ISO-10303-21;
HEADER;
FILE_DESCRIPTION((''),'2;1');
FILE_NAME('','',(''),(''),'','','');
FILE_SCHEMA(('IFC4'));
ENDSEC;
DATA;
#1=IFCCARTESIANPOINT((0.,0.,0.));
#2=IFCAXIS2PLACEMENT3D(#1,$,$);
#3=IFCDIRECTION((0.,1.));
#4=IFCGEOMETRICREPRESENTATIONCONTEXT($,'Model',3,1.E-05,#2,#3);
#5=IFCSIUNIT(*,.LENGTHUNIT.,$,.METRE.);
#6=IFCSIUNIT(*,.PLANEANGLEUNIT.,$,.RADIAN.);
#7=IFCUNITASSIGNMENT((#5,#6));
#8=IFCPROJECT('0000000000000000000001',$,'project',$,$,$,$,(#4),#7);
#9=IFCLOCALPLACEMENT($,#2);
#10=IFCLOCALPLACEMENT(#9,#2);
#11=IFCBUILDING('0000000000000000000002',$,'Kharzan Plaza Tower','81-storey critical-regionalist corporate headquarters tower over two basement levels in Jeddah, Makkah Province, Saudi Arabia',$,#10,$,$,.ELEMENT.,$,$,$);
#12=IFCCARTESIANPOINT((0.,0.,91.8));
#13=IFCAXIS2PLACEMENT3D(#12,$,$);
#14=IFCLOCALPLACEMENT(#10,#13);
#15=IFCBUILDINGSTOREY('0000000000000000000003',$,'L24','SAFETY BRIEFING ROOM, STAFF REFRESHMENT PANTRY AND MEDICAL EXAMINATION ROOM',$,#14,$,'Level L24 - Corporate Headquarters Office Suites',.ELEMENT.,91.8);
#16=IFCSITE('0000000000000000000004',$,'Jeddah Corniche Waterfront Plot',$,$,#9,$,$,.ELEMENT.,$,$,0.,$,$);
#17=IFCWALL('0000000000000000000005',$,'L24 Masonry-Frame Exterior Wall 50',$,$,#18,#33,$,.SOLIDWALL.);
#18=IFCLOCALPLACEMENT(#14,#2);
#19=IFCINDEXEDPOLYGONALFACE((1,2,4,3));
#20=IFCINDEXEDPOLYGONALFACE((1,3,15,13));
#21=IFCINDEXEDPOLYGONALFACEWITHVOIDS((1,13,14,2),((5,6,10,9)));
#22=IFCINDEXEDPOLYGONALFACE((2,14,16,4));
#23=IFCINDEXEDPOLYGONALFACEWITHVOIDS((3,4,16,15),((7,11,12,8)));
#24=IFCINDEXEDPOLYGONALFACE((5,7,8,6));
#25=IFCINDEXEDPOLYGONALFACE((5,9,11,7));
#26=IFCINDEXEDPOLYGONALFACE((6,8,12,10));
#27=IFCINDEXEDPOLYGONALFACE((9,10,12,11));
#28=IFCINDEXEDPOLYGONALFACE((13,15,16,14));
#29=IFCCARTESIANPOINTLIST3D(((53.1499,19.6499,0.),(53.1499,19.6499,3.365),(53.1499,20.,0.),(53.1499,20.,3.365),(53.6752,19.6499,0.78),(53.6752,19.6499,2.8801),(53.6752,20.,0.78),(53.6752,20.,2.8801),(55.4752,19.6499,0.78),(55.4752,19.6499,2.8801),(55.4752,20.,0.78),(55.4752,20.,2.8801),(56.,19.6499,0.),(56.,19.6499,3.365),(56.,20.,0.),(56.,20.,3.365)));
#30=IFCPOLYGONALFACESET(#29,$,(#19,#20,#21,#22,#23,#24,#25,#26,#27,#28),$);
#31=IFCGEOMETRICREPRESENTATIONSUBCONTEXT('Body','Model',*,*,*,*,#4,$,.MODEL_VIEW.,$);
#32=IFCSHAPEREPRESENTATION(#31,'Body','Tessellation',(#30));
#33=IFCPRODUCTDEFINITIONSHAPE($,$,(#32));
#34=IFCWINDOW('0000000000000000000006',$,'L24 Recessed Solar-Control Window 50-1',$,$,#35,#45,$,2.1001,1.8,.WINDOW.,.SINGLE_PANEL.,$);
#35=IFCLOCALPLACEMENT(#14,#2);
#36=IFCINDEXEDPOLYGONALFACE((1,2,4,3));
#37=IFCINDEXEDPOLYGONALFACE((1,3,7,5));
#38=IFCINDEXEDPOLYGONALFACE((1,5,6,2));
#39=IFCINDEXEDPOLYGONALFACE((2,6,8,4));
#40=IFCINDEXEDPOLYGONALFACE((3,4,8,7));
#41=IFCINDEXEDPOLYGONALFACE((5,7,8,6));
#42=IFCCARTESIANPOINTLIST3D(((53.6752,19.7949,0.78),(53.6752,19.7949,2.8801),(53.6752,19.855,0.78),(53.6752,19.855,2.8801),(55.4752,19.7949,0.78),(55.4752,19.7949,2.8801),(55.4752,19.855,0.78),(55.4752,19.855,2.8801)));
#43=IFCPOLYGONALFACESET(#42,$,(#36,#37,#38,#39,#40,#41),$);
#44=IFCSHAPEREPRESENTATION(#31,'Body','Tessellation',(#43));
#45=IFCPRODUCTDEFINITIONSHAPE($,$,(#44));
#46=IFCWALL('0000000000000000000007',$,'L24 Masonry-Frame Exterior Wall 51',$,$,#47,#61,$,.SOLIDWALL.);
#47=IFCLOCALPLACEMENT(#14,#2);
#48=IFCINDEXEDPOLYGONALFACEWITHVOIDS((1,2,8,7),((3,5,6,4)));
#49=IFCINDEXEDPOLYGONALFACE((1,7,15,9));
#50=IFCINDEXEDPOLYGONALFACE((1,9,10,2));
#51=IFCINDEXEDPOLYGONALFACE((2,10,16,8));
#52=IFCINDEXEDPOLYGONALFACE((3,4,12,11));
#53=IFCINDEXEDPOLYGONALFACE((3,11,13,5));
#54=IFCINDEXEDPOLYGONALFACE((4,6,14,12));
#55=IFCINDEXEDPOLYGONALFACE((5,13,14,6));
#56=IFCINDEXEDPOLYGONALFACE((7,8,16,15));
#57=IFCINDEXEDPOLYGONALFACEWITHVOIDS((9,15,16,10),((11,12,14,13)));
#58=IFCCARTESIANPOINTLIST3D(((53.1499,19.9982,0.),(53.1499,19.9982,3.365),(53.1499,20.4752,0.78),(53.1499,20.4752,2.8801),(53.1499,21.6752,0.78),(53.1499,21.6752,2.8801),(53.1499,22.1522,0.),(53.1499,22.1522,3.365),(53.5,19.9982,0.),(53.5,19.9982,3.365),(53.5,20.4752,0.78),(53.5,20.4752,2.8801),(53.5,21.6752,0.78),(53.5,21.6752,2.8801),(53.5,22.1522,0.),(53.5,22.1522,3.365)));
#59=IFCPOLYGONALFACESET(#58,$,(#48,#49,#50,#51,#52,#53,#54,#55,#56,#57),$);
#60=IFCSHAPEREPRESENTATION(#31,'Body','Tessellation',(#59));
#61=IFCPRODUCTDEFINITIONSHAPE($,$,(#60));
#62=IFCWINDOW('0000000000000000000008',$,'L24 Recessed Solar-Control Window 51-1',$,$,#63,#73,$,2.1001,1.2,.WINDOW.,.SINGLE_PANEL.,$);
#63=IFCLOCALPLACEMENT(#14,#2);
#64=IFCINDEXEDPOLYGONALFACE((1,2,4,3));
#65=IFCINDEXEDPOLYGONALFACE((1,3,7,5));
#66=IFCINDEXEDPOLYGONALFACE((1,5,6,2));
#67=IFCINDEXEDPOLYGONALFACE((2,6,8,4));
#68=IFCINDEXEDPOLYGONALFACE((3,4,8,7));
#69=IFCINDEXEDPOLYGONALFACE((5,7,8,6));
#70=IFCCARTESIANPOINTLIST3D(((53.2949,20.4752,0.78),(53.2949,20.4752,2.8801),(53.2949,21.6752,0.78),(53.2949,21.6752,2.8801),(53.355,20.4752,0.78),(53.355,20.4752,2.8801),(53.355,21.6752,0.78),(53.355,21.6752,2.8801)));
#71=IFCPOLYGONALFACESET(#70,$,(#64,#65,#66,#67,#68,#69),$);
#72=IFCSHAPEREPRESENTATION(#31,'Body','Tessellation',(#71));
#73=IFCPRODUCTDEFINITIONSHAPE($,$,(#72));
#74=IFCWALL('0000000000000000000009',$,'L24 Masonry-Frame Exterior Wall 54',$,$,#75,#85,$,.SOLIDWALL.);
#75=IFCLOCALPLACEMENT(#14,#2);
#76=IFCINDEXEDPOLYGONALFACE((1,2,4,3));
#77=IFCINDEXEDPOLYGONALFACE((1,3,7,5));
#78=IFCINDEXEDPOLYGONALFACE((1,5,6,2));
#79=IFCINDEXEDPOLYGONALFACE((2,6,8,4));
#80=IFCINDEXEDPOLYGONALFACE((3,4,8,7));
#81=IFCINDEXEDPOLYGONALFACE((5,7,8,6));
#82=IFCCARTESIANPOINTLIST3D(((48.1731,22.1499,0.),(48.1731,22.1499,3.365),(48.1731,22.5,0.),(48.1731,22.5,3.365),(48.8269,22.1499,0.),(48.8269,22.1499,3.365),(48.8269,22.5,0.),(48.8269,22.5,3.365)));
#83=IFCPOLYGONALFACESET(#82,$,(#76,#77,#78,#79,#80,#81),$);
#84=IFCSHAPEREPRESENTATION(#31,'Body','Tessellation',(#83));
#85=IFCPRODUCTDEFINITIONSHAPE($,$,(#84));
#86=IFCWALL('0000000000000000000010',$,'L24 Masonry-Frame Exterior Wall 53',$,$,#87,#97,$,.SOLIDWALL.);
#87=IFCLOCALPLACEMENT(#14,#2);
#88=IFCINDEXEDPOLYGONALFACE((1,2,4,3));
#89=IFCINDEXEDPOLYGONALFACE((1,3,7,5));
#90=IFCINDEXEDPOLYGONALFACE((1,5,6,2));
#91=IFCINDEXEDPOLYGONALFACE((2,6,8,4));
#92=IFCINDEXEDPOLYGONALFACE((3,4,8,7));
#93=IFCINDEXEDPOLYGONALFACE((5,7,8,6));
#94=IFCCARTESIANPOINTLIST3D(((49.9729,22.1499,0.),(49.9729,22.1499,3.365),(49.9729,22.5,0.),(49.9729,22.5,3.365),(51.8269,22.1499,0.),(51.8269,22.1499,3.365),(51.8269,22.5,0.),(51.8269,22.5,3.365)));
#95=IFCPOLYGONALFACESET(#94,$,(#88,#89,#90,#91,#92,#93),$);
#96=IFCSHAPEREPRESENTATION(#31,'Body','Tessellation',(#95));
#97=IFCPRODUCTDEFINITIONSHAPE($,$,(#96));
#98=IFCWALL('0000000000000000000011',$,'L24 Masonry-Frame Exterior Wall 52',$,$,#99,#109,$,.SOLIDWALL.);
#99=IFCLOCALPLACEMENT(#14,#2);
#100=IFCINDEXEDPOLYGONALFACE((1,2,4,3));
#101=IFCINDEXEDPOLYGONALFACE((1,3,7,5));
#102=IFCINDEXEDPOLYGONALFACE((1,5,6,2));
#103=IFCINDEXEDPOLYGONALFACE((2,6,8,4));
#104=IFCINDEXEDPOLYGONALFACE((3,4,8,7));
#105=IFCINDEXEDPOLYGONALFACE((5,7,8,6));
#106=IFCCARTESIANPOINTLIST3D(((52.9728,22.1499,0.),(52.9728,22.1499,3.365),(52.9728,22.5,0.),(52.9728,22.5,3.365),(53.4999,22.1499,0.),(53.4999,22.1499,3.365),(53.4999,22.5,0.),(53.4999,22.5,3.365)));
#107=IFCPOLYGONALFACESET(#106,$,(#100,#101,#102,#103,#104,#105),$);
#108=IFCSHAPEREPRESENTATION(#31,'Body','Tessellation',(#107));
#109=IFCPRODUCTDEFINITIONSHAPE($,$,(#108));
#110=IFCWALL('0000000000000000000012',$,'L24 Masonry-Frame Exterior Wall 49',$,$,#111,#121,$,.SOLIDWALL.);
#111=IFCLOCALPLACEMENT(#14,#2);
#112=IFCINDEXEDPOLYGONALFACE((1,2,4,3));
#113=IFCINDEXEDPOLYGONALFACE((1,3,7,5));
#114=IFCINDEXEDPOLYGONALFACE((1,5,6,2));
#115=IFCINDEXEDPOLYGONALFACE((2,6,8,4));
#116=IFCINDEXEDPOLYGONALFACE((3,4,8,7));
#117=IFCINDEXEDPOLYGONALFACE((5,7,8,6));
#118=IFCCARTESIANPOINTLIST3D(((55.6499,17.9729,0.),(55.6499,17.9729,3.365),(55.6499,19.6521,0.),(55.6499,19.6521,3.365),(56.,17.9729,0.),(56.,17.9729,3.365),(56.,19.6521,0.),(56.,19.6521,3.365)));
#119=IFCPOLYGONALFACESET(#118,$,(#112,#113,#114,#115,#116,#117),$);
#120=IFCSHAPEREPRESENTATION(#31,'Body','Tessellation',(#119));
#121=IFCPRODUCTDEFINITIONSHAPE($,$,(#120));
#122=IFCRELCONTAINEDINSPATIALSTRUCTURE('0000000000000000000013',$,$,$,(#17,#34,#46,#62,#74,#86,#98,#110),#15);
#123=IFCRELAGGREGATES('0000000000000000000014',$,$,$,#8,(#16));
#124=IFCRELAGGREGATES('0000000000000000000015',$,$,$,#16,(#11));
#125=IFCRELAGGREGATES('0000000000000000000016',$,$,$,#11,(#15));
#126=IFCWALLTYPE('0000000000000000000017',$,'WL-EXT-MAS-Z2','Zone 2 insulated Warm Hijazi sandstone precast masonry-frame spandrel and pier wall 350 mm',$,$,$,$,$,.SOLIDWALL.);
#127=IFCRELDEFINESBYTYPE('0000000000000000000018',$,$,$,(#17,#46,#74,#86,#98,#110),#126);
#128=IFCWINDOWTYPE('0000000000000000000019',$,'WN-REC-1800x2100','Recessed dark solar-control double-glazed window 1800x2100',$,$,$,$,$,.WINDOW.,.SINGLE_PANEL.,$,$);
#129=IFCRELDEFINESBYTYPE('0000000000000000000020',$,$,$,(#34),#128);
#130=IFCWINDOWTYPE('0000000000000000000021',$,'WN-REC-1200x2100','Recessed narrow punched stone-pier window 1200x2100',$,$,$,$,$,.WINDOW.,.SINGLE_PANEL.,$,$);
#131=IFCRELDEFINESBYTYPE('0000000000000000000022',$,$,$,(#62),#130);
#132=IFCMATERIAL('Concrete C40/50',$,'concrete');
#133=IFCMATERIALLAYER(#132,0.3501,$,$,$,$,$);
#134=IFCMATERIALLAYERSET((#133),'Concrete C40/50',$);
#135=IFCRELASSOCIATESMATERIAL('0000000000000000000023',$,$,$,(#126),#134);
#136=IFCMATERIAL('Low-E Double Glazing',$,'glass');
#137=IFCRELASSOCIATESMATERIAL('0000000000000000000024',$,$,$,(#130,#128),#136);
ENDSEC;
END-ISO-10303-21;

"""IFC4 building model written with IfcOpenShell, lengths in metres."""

from ifc_helpers import new_model, si_unit, direction, frame, frame_2d, origin, place, context, subcontext, project, spatial, rectangle, extrude, source, transform, mapped, material, layer, layer_set, type_object, element, fill, save


model = new_model("IFC4")

# Units and contexts
model_context = context("Model", 3, precision=1e-05, world=origin(), true_north=direction((0.0, 1.0)))
body_context = subcontext(model_context, "Body", "Model", "MODEL_VIEW")
ifc_project = project(units=[si_unit("LENGTHUNIT", "METRE"), si_unit("PLANEANGLEUNIT", "RADIAN")], contexts=[model_context])

# Site, building, storey
site_placement = place(None, origin())
site = spatial("IfcSite", under=ifc_project, at=site_placement, Name="Jeddah Corniche Waterfront Plot", CompositionType="ELEMENT", RefElevation=0.0)
building_placement = place(site_placement, origin())
building = spatial("IfcBuilding", under=site, at=building_placement, Name="Kharzan Plaza Tower", Description="81-storey critical-regionalist corporate headquarters tower over two basement levels in Jeddah, Makkah Province, Saudi Arabia", CompositionType="ELEMENT")
storey_placement = place(building_placement, frame((0.0, 0.0, 91.8)))
storey = spatial("IfcBuildingStorey", under=building, at=storey_placement, Name="L24", Description="SAFETY BRIEFING ROOM, STAFF REFRESHMENT PANTRY AND MEDICAL EXAMINATION ROOM", LongName="Level L24 - Corporate Headquarters Office Suites", CompositionType="ELEMENT", Elevation=91.8)

# Walls, openings, windows
ifc_material_1 = material(Name="Concrete C40/50", Category="concrete")
ifc_layer = layer(ifc_material_1, 0.3501)
ifc_layer_set = layer_set([ifc_layer], Name="Concrete C40/50")
wall_type = type_object("IfcWallType", Name="WL-EXT-MAS-Z2", Description="Zone 2 insulated Warm Hijazi sandstone precast masonry-frame spandrel and pier wall 350 mm", PredefinedType="SOLIDWALL", material=ifc_layer_set)
ifc_material_2 = material(Name="Low-E Double Glazing", Category="glass")
window_type_1 = type_object("IfcWindowType", Name="WN-REC-1200x2100", Description="Recessed narrow punched stone-pier window 1200x2100", PartitioningType="SINGLE_PANEL", PredefinedType="WINDOW", material=ifc_material_2)
shared_shape_1 = source(origin(), body_context, "Body", "SweptSolid", [
    extrude(rectangle(XDim=1.2, YDim=2.1001, at=frame_2d((0.6001, 1.05))), frame((0.0, 0.03, 0.0), z_axis=(0.0, -1.0, 0.0), x_axis=(1.0, 0.0, 0.0)), (0.0, 0.0, 1.0), 0.0601),
])
wall_1_placement = place(storey_placement, frame((56.0, 19.825, 0.0), z_axis=(0.0, 0.0, 1.0), x_axis=(-1.0, 0.0, 0.0)))
wall_1 = element("IfcWall", 1, at=wall_1_placement, inside=storey, type_object=wall_type, Name="L24 Masonry-Frame Exterior Wall 50", PredefinedType="SOLIDWALL", context=body_context, shape_type="SweptSolid", body=[
    extrude(rectangle(XDim=2.8501, YDim=0.3501, at=frame_2d((1.425, 0.0))), origin(), (0.0, 0.0, 1.0), 3.365),
])
opening_1_placement = place(wall_1_placement, frame((0.5249, 0.0, 0.78)))
opening_1 = element("IfcOpeningElement", 2, at=opening_1_placement, cuts=wall_1, PredefinedType="OPENING", context=body_context, shape_type="SweptSolid", body=[
    extrude(rectangle(XDim=1.8, YDim=2.1001, at=frame_2d((0.8999, 1.05))), frame((0.0, 0.1851, 0.0), z_axis=(0.0, -1.0, 0.0), x_axis=(1.0, 0.0, 0.0)), (0.0, 0.0, 1.0), 0.3701),
])
window_type_2 = type_object("IfcWindowType", Name="WN-REC-1800x2100", Description="Recessed dark solar-control double-glazed window 1800x2100", PartitioningType="SINGLE_PANEL", PredefinedType="WINDOW", material=ifc_material_2)
shared_shape_2 = source(origin(), body_context, "Body", "SweptSolid", [
    extrude(rectangle(XDim=1.8, YDim=2.1001, at=frame_2d((0.8999, 1.05))), frame((0.0, 0.03, 0.0), z_axis=(0.0, -1.0, 0.0), x_axis=(1.0, 0.0, 0.0)), (0.0, 0.0, 1.0), 0.0601),
])
window_1_placement = place(opening_1_placement, origin())
window_1 = element("IfcWindow", 3, at=window_1_placement, inside=storey, type_object=window_type_2, Name="L24 Recessed Solar-Control Window 50-1", OverallHeight=2.1001, OverallWidth=1.8, PartitioningType="SINGLE_PANEL", PredefinedType="WINDOW", context=body_context, shape_type="MappedRepresentation", body=[
    mapped(shared_shape_2, transform((0.0, 0.0, 0.0), x_axis=(1.0, 0.0, 0.0), y_axis=(0.0, 1.0, 0.0), z_axis=(0.0, 0.0, 1.0))),
])
fill(opening_1, window_1)
wall_2_placement = place(storey_placement, frame((53.325, 19.998, 0.0), z_axis=(0.0, 0.0, 1.0), x_axis=(0.0, 1.0, 0.0)))
wall_2 = element("IfcWall", 4, at=wall_2_placement, inside=storey, type_object=wall_type, Name="L24 Masonry-Frame Exterior Wall 51", PredefinedType="SOLIDWALL", context=body_context, shape_type="SweptSolid", body=[
    extrude(rectangle(XDim=2.1541, YDim=0.3501, at=frame_2d((1.0771, 0.0))), origin(), (0.0, 0.0, 1.0), 3.365),
])
opening_2_placement = place(wall_2_placement, frame((0.4771, 0.0, 0.78)))
opening_2 = element("IfcOpeningElement", 5, at=opening_2_placement, cuts=wall_2, PredefinedType="OPENING", context=body_context, shape_type="SweptSolid", body=[
    extrude(rectangle(XDim=1.2, YDim=2.1001, at=frame_2d((0.6001, 1.05))), frame((0.0, 0.1851, 0.0), z_axis=(0.0, -1.0, 0.0), x_axis=(1.0, 0.0, 0.0)), (0.0, 0.0, 1.0), 0.3701),
])
window_2_placement = place(opening_2_placement, origin())
window_2 = element("IfcWindow", 6, at=window_2_placement, inside=storey, type_object=window_type_1, Name="L24 Recessed Solar-Control Window 51-1", OverallHeight=2.1001, OverallWidth=1.2, PartitioningType="SINGLE_PANEL", PredefinedType="WINDOW", context=body_context, shape_type="MappedRepresentation", body=[
    mapped(shared_shape_1, transform((0.0, 0.0, 0.0), x_axis=(1.0, 0.0, 0.0), y_axis=(0.0, 1.0, 0.0), z_axis=(0.0, 0.0, 1.0))),
])
fill(opening_2, window_2)

# Walls
shared_shape_3 = source(origin(), body_context, "Body", "SweptSolid", [
    extrude(rectangle(XDim=0.6538, YDim=0.3501, at=frame_2d((0.3269, 0.0))), origin(), (0.0, 0.0, 1.0), 3.365),
])
wall_3_placement = place(storey_placement, frame((48.8269, 22.325, 0.0), z_axis=(0.0, 0.0, 1.0), x_axis=(-1.0, 0.0, 0.0)))
element("IfcWall", 7, at=wall_3_placement, inside=storey, type_object=wall_type, Name="L24 Masonry-Frame Exterior Wall 54", PredefinedType="SOLIDWALL", context=body_context, shape_type="MappedRepresentation", body=[
    mapped(shared_shape_3, transform((0.0, 0.0, 0.0), x_axis=(1.0, 0.0, 0.0), y_axis=(0.0, 1.0, 0.0), z_axis=(0.0, 0.0, 1.0))),
])
shared_shape_4 = source(origin(), body_context, "Body", "SweptSolid", [
    extrude(rectangle(XDim=1.854, YDim=0.3501, at=frame_2d((0.927, 0.0))), origin(), (0.0, 0.0, 1.0), 3.365),
])
wall_4_placement = place(storey_placement, frame((51.8269, 22.325, 0.0), z_axis=(0.0, 0.0, 1.0), x_axis=(-1.0, 0.0, 0.0)))
element("IfcWall", 8, at=wall_4_placement, inside=storey, type_object=wall_type, Name="L24 Masonry-Frame Exterior Wall 53", PredefinedType="SOLIDWALL", context=body_context, shape_type="MappedRepresentation", body=[
    mapped(shared_shape_4, transform((0.0, 0.0, 0.0), x_axis=(1.0, 0.0, 0.0), y_axis=(0.0, 1.0, 0.0), z_axis=(0.0, 0.0, 1.0))),
])
shared_shape_5 = source(origin(), body_context, "Body", "SweptSolid", [
    extrude(rectangle(XDim=0.5271, YDim=0.3501, at=frame_2d((0.2637, 0.0))), origin(), (0.0, 0.0, 1.0), 3.365),
])
wall_5_placement = place(storey_placement, frame((53.5, 22.325, 0.0), z_axis=(0.0, 0.0, 1.0), x_axis=(-1.0, 0.0, 0.0)))
element("IfcWall", 9, at=wall_5_placement, inside=storey, type_object=wall_type, Name="L24 Masonry-Frame Exterior Wall 52", PredefinedType="SOLIDWALL", context=body_context, shape_type="MappedRepresentation", body=[
    mapped(shared_shape_5, transform((0.0, 0.0, 0.0), x_axis=(1.0, 0.0, 0.0), y_axis=(0.0, 1.0, 0.0), z_axis=(0.0, 0.0, 1.0))),
])
shared_shape_6 = source(origin(), body_context, "Body", "SweptSolid", [
    extrude(rectangle(XDim=1.6792, YDim=0.3501, at=frame_2d((0.8396, 0.0))), origin(), (0.0, 0.0, 1.0), 3.365),
])
wall_6_placement = place(storey_placement, frame((55.825, 17.9729, 0.0), z_axis=(0.0, 0.0, 1.0), x_axis=(0.0, 1.0, 0.0)))
element("IfcWall", 10, at=wall_6_placement, inside=storey, type_object=wall_type, Name="L24 Masonry-Frame Exterior Wall 49", PredefinedType="SOLIDWALL", context=body_context, shape_type="MappedRepresentation", body=[
    mapped(shared_shape_6, transform((0.0, 0.0, 0.0), x_axis=(1.0, 0.0, 0.0), y_axis=(0.0, 1.0, 0.0), z_axis=(0.0, 0.0, 1.0))),
])

save(model, "model.ifc")
